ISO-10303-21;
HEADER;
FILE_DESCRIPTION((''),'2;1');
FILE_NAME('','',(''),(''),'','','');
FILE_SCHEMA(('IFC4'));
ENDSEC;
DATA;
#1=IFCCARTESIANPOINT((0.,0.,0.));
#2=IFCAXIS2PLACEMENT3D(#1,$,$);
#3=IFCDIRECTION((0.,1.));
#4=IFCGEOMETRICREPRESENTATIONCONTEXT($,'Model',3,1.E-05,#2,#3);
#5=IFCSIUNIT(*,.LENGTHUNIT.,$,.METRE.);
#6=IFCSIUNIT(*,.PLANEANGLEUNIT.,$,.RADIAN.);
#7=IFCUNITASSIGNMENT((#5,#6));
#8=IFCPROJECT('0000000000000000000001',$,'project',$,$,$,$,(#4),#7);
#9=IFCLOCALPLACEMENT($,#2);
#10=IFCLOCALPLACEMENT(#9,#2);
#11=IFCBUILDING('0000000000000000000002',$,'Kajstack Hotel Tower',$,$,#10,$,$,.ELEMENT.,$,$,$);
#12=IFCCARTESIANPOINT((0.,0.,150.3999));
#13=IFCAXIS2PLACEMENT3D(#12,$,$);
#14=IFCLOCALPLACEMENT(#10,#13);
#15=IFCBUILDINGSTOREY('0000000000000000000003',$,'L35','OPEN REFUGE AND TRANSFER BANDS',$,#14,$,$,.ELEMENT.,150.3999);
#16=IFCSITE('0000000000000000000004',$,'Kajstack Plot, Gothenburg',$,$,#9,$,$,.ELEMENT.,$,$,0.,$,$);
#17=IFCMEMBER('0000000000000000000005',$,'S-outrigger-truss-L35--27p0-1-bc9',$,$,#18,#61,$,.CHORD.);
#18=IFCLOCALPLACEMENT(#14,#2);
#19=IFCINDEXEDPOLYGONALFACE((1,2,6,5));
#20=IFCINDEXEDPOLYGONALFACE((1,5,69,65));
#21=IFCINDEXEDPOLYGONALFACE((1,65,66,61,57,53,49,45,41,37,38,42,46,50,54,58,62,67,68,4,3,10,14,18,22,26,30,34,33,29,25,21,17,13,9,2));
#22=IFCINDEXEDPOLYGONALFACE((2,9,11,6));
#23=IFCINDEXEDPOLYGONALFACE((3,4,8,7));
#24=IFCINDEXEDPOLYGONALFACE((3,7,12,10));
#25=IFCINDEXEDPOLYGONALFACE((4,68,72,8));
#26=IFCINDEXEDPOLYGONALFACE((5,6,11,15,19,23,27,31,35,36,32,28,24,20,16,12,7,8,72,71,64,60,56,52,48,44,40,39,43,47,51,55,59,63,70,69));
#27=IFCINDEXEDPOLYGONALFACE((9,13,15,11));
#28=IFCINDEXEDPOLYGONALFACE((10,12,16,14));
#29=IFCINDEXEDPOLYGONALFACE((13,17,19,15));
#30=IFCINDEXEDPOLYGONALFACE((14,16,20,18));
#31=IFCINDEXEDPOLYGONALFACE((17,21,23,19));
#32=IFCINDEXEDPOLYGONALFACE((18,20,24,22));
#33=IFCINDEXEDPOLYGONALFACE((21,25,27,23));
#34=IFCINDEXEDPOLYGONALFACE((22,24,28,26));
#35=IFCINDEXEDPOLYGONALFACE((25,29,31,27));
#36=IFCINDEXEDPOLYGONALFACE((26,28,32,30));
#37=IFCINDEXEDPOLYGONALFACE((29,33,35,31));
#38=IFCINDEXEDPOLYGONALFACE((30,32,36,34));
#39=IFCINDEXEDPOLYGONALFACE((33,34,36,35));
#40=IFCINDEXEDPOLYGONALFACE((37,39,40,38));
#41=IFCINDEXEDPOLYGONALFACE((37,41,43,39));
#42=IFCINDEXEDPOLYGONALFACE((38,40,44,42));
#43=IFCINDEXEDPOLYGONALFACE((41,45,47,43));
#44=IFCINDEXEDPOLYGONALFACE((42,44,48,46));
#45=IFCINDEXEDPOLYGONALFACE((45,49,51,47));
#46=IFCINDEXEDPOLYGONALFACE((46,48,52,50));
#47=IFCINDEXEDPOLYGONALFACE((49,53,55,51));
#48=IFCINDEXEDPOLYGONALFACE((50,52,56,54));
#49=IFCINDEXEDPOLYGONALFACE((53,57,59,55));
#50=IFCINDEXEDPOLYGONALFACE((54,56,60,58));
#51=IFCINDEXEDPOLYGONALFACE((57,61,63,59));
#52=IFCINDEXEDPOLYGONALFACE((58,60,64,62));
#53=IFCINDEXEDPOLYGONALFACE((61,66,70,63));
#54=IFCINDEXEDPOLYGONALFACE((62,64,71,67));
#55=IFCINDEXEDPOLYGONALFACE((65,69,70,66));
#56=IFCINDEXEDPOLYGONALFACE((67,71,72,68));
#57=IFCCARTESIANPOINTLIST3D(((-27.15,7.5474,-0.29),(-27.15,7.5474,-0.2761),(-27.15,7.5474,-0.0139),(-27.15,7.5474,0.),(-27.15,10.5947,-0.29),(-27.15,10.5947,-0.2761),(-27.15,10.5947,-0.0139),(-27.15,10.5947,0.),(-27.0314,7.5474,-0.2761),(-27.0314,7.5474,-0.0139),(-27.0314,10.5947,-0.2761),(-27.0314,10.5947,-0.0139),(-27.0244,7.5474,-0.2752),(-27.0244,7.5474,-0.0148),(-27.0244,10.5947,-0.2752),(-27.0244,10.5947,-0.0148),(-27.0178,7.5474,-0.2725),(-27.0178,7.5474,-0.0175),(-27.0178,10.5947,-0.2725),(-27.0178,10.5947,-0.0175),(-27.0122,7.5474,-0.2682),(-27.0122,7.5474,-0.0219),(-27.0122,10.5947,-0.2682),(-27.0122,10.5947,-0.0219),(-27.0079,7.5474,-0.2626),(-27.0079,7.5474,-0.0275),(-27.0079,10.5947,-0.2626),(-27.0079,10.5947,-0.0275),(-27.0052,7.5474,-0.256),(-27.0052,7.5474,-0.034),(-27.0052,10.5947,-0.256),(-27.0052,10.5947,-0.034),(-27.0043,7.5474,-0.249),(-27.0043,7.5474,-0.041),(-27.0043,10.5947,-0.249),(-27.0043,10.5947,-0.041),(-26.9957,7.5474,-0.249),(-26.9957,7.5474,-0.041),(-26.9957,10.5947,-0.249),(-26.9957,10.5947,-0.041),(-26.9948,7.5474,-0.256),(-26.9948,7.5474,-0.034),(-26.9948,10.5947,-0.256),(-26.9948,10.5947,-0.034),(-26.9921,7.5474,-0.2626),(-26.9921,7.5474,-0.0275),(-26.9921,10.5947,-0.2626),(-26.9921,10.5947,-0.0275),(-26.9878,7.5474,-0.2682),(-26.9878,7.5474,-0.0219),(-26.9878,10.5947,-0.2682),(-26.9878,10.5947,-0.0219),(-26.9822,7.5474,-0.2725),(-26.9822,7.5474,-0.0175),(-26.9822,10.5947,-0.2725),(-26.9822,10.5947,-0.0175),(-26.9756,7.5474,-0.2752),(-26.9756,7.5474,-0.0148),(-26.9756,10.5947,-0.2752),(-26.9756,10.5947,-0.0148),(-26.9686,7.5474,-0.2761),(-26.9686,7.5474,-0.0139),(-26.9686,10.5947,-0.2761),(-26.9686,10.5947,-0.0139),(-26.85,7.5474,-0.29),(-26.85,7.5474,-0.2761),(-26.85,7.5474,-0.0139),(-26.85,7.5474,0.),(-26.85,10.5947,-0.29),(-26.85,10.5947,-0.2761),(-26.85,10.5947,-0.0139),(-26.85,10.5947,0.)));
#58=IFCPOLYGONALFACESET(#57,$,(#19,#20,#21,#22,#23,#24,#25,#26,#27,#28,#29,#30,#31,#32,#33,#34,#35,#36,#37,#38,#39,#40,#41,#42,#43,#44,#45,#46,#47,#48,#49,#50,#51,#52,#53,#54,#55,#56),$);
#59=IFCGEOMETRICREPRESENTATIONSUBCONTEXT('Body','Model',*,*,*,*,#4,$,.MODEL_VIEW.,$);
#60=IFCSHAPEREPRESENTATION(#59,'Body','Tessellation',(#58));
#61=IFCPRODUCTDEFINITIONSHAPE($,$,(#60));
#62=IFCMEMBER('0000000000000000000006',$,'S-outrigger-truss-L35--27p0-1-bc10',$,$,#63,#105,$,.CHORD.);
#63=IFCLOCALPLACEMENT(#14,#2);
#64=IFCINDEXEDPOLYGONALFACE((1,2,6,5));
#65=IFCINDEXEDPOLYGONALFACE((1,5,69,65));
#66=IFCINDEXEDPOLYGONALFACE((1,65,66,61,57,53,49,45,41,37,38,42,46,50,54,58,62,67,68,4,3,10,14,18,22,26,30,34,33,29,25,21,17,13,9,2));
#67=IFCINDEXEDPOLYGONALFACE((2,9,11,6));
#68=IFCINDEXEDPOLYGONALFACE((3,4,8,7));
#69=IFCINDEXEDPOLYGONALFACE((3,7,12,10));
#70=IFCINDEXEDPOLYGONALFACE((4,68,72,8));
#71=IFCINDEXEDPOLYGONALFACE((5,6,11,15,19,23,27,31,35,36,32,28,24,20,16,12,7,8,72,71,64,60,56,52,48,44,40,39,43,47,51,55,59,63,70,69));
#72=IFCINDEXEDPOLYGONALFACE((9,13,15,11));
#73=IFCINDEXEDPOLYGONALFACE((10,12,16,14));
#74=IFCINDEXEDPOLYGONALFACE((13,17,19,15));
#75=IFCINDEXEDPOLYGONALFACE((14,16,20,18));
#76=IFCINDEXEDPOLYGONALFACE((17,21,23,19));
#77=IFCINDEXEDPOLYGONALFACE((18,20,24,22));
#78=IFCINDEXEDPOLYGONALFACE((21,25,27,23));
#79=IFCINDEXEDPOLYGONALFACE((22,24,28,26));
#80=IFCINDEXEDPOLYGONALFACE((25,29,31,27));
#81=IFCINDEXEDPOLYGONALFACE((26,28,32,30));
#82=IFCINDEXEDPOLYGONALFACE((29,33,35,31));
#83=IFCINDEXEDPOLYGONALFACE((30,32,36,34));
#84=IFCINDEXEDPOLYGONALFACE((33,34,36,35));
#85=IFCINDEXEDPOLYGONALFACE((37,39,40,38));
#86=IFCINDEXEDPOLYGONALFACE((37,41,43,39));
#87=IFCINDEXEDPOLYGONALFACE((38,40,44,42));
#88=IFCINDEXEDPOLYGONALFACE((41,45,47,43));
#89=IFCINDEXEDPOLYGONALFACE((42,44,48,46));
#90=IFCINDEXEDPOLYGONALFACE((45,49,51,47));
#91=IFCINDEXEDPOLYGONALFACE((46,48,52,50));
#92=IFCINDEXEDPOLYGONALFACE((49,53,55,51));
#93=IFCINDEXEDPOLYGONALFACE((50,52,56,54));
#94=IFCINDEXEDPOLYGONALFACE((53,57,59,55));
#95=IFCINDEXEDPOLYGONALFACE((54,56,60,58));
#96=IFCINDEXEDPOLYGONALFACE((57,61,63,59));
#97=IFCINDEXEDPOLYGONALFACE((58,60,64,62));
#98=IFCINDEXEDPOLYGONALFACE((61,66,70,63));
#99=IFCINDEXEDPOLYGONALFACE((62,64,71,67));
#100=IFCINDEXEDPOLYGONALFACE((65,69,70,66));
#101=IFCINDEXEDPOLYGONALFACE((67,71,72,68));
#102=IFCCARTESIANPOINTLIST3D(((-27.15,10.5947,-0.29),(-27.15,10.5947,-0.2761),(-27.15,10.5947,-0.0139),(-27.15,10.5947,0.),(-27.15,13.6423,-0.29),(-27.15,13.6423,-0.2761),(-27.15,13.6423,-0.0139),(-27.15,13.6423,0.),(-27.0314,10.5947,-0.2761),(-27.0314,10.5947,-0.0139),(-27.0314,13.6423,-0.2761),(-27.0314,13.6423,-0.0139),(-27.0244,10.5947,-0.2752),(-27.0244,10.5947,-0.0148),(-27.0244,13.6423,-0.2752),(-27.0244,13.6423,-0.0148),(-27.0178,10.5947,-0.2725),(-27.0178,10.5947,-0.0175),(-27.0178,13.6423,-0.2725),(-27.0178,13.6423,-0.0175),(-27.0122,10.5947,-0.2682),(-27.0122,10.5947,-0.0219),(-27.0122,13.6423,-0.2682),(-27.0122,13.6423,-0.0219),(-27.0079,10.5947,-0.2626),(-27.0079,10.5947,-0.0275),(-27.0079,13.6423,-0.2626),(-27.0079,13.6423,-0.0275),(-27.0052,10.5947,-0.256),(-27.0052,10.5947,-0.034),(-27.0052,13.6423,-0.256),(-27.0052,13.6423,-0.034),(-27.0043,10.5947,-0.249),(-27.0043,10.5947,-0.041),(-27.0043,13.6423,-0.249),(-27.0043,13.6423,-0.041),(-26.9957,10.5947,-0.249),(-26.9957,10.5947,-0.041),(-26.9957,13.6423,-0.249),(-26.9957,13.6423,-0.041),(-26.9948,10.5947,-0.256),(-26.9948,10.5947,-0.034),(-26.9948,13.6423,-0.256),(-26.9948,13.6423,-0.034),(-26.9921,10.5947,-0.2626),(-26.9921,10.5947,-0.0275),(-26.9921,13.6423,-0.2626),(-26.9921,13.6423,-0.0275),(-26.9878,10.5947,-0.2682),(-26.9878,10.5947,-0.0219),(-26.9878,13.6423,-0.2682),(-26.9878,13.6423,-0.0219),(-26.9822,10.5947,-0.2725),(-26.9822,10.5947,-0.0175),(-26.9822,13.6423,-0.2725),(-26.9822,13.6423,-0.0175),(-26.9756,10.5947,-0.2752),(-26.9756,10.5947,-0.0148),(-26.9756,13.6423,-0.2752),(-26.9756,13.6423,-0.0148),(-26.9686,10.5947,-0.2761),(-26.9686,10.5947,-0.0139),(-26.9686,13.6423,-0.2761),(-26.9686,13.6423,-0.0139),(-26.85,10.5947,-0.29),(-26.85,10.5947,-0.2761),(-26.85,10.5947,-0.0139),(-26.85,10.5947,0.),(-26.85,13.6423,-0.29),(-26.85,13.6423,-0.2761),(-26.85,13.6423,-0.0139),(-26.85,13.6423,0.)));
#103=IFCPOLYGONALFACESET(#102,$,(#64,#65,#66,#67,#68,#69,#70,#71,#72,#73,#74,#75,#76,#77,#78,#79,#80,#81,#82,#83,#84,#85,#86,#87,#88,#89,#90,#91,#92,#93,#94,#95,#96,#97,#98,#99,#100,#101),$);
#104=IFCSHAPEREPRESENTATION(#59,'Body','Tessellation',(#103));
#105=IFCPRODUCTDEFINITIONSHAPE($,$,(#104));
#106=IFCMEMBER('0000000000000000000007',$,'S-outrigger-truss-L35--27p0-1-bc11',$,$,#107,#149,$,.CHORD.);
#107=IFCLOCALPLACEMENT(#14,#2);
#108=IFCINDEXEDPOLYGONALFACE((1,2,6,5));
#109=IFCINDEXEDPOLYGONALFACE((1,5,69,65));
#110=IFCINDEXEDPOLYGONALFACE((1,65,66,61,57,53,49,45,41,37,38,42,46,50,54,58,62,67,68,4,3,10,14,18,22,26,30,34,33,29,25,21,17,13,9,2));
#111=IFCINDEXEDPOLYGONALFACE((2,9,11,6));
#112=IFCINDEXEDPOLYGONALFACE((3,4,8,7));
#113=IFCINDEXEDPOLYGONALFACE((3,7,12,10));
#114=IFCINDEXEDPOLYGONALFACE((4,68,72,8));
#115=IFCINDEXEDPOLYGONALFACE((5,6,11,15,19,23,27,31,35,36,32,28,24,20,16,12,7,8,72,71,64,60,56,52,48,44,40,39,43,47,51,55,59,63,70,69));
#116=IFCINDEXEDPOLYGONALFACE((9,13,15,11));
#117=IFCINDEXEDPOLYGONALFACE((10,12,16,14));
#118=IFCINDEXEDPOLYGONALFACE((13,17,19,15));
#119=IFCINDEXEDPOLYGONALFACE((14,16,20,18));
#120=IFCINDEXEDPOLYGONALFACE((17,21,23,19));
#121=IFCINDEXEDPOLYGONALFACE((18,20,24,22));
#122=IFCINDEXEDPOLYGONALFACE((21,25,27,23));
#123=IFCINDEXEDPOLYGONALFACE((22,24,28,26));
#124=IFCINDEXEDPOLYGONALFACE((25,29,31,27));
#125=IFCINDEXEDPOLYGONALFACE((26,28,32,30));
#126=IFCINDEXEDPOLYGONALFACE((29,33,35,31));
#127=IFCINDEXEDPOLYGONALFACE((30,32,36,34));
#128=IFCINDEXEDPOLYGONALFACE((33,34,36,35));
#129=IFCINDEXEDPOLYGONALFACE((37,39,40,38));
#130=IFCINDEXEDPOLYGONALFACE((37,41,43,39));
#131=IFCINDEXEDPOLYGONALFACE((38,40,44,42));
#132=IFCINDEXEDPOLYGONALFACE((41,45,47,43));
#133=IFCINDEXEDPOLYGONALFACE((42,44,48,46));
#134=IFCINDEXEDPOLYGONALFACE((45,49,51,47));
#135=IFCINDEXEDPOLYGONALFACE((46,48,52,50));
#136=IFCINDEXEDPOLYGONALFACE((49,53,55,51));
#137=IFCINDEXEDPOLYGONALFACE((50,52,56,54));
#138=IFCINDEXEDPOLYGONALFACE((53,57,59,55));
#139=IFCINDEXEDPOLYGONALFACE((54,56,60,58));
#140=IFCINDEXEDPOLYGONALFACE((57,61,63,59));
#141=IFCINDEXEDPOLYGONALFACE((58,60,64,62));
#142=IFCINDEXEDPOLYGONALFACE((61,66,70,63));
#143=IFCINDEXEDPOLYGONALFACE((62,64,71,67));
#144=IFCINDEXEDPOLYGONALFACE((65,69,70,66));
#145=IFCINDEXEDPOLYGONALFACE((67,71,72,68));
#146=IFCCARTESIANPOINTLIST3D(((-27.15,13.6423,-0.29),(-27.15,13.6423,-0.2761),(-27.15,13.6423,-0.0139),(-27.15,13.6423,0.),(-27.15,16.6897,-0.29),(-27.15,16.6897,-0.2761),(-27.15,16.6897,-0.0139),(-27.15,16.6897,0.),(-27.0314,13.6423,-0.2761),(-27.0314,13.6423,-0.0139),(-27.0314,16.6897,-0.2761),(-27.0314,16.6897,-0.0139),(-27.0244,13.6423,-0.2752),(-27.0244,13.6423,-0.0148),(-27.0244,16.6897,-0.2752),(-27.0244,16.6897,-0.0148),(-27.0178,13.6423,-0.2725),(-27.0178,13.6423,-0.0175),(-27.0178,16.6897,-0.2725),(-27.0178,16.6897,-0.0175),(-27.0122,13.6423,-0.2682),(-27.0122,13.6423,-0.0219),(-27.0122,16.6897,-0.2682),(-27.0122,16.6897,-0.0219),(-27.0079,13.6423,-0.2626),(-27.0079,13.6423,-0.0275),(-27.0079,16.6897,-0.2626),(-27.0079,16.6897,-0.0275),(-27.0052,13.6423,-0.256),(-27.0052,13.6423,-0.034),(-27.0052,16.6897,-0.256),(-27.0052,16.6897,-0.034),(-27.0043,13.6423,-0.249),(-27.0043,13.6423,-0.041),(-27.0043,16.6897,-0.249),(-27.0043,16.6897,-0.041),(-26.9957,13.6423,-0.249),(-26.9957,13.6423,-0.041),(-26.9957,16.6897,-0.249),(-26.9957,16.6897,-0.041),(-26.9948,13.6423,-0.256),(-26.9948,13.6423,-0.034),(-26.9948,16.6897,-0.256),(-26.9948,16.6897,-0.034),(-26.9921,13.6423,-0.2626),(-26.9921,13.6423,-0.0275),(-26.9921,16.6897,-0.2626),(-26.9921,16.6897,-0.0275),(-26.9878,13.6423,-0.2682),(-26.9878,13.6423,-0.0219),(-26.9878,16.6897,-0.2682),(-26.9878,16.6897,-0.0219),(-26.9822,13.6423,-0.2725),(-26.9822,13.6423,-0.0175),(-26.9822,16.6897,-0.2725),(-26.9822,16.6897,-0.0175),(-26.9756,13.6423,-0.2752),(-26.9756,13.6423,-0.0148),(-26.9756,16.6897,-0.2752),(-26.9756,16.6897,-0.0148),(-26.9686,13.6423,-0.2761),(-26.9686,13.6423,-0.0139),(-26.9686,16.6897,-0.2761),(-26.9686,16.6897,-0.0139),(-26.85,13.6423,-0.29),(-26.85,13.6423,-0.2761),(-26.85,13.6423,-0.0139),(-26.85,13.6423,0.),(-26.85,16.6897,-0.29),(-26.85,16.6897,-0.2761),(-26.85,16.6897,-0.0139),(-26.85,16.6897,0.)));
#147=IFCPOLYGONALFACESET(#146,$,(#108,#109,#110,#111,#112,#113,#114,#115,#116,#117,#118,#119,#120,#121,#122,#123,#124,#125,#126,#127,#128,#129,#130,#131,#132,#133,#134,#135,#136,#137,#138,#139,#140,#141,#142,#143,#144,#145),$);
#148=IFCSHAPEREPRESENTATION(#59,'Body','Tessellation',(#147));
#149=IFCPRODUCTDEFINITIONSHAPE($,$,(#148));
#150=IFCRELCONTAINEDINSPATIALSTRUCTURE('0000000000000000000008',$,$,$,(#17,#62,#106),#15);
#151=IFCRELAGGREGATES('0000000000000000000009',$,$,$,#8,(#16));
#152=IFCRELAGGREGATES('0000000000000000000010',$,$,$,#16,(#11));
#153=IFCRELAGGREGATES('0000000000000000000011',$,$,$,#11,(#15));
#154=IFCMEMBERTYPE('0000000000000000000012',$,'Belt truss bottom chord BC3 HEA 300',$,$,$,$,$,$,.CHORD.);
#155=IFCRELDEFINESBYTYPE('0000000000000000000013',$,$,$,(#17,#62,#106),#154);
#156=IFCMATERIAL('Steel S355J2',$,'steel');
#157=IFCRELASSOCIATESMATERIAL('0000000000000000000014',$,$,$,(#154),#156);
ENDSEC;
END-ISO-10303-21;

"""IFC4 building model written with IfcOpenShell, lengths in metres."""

from ifc_helpers import new_model, si_unit, direction, frame, origin, origin_2d, place, context, subcontext, project, spatial, i_section, extrude, material, material_profile, profile_set, type_object, element, save


model = new_model("IFC4")

# Units and contexts
model_context = context("Model", 3, precision=1e-05, world=origin(), true_north=direction((0.0, 1.0)))
body_context = subcontext(model_context, "Body", "Model", "MODEL_VIEW")
ifc_project = project(units=[si_unit("LENGTHUNIT", "METRE"), si_unit("PLANEANGLEUNIT", "RADIAN")], contexts=[model_context])

# Site, building, storey
site_placement = place(None, origin())
site = spatial("IfcSite", under=ifc_project, at=site_placement, Name="Kajstack Plot, Gothenburg", CompositionType="ELEMENT", RefElevation=0.0)
building_placement = place(site_placement, origin())
building = spatial("IfcBuilding", under=site, at=building_placement, Name="Kajstack Hotel Tower", CompositionType="ELEMENT")
storey_placement = place(building_placement, frame((0.0, 0.0, 150.3999)))
storey = spatial("IfcBuildingStorey", under=building, at=storey_placement, Name="L35", Description="OPEN REFUGE AND TRANSFER BANDS", CompositionType="ELEMENT", Elevation=150.3999)

# Members
ifc_material_1 = material(Name="Steel S355J2", Category="steel")
ifc_material_profile_1 = material_profile(ifc_material_1, i_section(OverallWidth=0.3, OverallDepth=0.29, WebThickness=0.0085, FlangeThickness=0.0139, FilletRadius=0.0271, at=origin_2d()), Name="HEA 300")
ifc_profile_set_1 = profile_set([ifc_material_profile_1], Name="Steel S355J2")
member_type_1 = type_object("IfcMemberType", Name="Belt truss bottom chord BC3 HEA 300", PredefinedType="CHORD", material=ifc_profile_set_1)
member_1_placement = place(storey_placement, frame((-27.0, 7.5474, -0.145), z_axis=(0.0, 1.0, 0.0), x_axis=(-1.0, 0.0, 0.0)))
element("IfcMember", 1, at=member_1_placement, inside=storey, type_object=member_type_1, Name="S-outrigger-truss-L35--27p0-1-bc9", PredefinedType="CHORD", context=body_context, shape_type="SweptSolid", body=[
    extrude(i_section(OverallWidth=0.3, OverallDepth=0.29, WebThickness=0.0085, FlangeThickness=0.0139, FilletRadius=0.0271, at=origin_2d()), origin(), (0.0, 0.0, 1.0), 3.0474),
])
member_2_placement = place(storey_placement, frame((-27.0, 10.5947, -0.145), z_axis=(0.0, 1.0, 0.0), x_axis=(-1.0, 0.0, 0.0)))
element("IfcMember", 2, at=member_2_placement, inside=storey, type_object=member_type_1, Name="S-outrigger-truss-L35--27p0-1-bc10", PredefinedType="CHORD", context=body_context, shape_type="SweptSolid", body=[
    extrude(i_section(OverallWidth=0.3, OverallDepth=0.29, WebThickness=0.0085, FlangeThickness=0.0139, FilletRadius=0.0271, at=origin_2d()), origin(), (0.0, 0.0, 1.0), 3.0476),
])
member_3_placement = place(storey_placement, frame((-27.0, 13.6423, -0.145), z_axis=(0.0, 1.0, 0.0), x_axis=(-1.0, 0.0, 0.0)))
element("IfcMember", 3, at=member_3_placement, inside=storey, type_object=member_type_1, Name="S-outrigger-truss-L35--27p0-1-bc11", PredefinedType="CHORD", context=body_context, shape_type="SweptSolid", body=[
    extrude(i_section(OverallWidth=0.3, OverallDepth=0.29, WebThickness=0.0085, FlangeThickness=0.0139, FilletRadius=0.0271, at=origin_2d()), origin(), (0.0, 0.0, 1.0), 3.0474),
])

save(model, "model.ifc")
